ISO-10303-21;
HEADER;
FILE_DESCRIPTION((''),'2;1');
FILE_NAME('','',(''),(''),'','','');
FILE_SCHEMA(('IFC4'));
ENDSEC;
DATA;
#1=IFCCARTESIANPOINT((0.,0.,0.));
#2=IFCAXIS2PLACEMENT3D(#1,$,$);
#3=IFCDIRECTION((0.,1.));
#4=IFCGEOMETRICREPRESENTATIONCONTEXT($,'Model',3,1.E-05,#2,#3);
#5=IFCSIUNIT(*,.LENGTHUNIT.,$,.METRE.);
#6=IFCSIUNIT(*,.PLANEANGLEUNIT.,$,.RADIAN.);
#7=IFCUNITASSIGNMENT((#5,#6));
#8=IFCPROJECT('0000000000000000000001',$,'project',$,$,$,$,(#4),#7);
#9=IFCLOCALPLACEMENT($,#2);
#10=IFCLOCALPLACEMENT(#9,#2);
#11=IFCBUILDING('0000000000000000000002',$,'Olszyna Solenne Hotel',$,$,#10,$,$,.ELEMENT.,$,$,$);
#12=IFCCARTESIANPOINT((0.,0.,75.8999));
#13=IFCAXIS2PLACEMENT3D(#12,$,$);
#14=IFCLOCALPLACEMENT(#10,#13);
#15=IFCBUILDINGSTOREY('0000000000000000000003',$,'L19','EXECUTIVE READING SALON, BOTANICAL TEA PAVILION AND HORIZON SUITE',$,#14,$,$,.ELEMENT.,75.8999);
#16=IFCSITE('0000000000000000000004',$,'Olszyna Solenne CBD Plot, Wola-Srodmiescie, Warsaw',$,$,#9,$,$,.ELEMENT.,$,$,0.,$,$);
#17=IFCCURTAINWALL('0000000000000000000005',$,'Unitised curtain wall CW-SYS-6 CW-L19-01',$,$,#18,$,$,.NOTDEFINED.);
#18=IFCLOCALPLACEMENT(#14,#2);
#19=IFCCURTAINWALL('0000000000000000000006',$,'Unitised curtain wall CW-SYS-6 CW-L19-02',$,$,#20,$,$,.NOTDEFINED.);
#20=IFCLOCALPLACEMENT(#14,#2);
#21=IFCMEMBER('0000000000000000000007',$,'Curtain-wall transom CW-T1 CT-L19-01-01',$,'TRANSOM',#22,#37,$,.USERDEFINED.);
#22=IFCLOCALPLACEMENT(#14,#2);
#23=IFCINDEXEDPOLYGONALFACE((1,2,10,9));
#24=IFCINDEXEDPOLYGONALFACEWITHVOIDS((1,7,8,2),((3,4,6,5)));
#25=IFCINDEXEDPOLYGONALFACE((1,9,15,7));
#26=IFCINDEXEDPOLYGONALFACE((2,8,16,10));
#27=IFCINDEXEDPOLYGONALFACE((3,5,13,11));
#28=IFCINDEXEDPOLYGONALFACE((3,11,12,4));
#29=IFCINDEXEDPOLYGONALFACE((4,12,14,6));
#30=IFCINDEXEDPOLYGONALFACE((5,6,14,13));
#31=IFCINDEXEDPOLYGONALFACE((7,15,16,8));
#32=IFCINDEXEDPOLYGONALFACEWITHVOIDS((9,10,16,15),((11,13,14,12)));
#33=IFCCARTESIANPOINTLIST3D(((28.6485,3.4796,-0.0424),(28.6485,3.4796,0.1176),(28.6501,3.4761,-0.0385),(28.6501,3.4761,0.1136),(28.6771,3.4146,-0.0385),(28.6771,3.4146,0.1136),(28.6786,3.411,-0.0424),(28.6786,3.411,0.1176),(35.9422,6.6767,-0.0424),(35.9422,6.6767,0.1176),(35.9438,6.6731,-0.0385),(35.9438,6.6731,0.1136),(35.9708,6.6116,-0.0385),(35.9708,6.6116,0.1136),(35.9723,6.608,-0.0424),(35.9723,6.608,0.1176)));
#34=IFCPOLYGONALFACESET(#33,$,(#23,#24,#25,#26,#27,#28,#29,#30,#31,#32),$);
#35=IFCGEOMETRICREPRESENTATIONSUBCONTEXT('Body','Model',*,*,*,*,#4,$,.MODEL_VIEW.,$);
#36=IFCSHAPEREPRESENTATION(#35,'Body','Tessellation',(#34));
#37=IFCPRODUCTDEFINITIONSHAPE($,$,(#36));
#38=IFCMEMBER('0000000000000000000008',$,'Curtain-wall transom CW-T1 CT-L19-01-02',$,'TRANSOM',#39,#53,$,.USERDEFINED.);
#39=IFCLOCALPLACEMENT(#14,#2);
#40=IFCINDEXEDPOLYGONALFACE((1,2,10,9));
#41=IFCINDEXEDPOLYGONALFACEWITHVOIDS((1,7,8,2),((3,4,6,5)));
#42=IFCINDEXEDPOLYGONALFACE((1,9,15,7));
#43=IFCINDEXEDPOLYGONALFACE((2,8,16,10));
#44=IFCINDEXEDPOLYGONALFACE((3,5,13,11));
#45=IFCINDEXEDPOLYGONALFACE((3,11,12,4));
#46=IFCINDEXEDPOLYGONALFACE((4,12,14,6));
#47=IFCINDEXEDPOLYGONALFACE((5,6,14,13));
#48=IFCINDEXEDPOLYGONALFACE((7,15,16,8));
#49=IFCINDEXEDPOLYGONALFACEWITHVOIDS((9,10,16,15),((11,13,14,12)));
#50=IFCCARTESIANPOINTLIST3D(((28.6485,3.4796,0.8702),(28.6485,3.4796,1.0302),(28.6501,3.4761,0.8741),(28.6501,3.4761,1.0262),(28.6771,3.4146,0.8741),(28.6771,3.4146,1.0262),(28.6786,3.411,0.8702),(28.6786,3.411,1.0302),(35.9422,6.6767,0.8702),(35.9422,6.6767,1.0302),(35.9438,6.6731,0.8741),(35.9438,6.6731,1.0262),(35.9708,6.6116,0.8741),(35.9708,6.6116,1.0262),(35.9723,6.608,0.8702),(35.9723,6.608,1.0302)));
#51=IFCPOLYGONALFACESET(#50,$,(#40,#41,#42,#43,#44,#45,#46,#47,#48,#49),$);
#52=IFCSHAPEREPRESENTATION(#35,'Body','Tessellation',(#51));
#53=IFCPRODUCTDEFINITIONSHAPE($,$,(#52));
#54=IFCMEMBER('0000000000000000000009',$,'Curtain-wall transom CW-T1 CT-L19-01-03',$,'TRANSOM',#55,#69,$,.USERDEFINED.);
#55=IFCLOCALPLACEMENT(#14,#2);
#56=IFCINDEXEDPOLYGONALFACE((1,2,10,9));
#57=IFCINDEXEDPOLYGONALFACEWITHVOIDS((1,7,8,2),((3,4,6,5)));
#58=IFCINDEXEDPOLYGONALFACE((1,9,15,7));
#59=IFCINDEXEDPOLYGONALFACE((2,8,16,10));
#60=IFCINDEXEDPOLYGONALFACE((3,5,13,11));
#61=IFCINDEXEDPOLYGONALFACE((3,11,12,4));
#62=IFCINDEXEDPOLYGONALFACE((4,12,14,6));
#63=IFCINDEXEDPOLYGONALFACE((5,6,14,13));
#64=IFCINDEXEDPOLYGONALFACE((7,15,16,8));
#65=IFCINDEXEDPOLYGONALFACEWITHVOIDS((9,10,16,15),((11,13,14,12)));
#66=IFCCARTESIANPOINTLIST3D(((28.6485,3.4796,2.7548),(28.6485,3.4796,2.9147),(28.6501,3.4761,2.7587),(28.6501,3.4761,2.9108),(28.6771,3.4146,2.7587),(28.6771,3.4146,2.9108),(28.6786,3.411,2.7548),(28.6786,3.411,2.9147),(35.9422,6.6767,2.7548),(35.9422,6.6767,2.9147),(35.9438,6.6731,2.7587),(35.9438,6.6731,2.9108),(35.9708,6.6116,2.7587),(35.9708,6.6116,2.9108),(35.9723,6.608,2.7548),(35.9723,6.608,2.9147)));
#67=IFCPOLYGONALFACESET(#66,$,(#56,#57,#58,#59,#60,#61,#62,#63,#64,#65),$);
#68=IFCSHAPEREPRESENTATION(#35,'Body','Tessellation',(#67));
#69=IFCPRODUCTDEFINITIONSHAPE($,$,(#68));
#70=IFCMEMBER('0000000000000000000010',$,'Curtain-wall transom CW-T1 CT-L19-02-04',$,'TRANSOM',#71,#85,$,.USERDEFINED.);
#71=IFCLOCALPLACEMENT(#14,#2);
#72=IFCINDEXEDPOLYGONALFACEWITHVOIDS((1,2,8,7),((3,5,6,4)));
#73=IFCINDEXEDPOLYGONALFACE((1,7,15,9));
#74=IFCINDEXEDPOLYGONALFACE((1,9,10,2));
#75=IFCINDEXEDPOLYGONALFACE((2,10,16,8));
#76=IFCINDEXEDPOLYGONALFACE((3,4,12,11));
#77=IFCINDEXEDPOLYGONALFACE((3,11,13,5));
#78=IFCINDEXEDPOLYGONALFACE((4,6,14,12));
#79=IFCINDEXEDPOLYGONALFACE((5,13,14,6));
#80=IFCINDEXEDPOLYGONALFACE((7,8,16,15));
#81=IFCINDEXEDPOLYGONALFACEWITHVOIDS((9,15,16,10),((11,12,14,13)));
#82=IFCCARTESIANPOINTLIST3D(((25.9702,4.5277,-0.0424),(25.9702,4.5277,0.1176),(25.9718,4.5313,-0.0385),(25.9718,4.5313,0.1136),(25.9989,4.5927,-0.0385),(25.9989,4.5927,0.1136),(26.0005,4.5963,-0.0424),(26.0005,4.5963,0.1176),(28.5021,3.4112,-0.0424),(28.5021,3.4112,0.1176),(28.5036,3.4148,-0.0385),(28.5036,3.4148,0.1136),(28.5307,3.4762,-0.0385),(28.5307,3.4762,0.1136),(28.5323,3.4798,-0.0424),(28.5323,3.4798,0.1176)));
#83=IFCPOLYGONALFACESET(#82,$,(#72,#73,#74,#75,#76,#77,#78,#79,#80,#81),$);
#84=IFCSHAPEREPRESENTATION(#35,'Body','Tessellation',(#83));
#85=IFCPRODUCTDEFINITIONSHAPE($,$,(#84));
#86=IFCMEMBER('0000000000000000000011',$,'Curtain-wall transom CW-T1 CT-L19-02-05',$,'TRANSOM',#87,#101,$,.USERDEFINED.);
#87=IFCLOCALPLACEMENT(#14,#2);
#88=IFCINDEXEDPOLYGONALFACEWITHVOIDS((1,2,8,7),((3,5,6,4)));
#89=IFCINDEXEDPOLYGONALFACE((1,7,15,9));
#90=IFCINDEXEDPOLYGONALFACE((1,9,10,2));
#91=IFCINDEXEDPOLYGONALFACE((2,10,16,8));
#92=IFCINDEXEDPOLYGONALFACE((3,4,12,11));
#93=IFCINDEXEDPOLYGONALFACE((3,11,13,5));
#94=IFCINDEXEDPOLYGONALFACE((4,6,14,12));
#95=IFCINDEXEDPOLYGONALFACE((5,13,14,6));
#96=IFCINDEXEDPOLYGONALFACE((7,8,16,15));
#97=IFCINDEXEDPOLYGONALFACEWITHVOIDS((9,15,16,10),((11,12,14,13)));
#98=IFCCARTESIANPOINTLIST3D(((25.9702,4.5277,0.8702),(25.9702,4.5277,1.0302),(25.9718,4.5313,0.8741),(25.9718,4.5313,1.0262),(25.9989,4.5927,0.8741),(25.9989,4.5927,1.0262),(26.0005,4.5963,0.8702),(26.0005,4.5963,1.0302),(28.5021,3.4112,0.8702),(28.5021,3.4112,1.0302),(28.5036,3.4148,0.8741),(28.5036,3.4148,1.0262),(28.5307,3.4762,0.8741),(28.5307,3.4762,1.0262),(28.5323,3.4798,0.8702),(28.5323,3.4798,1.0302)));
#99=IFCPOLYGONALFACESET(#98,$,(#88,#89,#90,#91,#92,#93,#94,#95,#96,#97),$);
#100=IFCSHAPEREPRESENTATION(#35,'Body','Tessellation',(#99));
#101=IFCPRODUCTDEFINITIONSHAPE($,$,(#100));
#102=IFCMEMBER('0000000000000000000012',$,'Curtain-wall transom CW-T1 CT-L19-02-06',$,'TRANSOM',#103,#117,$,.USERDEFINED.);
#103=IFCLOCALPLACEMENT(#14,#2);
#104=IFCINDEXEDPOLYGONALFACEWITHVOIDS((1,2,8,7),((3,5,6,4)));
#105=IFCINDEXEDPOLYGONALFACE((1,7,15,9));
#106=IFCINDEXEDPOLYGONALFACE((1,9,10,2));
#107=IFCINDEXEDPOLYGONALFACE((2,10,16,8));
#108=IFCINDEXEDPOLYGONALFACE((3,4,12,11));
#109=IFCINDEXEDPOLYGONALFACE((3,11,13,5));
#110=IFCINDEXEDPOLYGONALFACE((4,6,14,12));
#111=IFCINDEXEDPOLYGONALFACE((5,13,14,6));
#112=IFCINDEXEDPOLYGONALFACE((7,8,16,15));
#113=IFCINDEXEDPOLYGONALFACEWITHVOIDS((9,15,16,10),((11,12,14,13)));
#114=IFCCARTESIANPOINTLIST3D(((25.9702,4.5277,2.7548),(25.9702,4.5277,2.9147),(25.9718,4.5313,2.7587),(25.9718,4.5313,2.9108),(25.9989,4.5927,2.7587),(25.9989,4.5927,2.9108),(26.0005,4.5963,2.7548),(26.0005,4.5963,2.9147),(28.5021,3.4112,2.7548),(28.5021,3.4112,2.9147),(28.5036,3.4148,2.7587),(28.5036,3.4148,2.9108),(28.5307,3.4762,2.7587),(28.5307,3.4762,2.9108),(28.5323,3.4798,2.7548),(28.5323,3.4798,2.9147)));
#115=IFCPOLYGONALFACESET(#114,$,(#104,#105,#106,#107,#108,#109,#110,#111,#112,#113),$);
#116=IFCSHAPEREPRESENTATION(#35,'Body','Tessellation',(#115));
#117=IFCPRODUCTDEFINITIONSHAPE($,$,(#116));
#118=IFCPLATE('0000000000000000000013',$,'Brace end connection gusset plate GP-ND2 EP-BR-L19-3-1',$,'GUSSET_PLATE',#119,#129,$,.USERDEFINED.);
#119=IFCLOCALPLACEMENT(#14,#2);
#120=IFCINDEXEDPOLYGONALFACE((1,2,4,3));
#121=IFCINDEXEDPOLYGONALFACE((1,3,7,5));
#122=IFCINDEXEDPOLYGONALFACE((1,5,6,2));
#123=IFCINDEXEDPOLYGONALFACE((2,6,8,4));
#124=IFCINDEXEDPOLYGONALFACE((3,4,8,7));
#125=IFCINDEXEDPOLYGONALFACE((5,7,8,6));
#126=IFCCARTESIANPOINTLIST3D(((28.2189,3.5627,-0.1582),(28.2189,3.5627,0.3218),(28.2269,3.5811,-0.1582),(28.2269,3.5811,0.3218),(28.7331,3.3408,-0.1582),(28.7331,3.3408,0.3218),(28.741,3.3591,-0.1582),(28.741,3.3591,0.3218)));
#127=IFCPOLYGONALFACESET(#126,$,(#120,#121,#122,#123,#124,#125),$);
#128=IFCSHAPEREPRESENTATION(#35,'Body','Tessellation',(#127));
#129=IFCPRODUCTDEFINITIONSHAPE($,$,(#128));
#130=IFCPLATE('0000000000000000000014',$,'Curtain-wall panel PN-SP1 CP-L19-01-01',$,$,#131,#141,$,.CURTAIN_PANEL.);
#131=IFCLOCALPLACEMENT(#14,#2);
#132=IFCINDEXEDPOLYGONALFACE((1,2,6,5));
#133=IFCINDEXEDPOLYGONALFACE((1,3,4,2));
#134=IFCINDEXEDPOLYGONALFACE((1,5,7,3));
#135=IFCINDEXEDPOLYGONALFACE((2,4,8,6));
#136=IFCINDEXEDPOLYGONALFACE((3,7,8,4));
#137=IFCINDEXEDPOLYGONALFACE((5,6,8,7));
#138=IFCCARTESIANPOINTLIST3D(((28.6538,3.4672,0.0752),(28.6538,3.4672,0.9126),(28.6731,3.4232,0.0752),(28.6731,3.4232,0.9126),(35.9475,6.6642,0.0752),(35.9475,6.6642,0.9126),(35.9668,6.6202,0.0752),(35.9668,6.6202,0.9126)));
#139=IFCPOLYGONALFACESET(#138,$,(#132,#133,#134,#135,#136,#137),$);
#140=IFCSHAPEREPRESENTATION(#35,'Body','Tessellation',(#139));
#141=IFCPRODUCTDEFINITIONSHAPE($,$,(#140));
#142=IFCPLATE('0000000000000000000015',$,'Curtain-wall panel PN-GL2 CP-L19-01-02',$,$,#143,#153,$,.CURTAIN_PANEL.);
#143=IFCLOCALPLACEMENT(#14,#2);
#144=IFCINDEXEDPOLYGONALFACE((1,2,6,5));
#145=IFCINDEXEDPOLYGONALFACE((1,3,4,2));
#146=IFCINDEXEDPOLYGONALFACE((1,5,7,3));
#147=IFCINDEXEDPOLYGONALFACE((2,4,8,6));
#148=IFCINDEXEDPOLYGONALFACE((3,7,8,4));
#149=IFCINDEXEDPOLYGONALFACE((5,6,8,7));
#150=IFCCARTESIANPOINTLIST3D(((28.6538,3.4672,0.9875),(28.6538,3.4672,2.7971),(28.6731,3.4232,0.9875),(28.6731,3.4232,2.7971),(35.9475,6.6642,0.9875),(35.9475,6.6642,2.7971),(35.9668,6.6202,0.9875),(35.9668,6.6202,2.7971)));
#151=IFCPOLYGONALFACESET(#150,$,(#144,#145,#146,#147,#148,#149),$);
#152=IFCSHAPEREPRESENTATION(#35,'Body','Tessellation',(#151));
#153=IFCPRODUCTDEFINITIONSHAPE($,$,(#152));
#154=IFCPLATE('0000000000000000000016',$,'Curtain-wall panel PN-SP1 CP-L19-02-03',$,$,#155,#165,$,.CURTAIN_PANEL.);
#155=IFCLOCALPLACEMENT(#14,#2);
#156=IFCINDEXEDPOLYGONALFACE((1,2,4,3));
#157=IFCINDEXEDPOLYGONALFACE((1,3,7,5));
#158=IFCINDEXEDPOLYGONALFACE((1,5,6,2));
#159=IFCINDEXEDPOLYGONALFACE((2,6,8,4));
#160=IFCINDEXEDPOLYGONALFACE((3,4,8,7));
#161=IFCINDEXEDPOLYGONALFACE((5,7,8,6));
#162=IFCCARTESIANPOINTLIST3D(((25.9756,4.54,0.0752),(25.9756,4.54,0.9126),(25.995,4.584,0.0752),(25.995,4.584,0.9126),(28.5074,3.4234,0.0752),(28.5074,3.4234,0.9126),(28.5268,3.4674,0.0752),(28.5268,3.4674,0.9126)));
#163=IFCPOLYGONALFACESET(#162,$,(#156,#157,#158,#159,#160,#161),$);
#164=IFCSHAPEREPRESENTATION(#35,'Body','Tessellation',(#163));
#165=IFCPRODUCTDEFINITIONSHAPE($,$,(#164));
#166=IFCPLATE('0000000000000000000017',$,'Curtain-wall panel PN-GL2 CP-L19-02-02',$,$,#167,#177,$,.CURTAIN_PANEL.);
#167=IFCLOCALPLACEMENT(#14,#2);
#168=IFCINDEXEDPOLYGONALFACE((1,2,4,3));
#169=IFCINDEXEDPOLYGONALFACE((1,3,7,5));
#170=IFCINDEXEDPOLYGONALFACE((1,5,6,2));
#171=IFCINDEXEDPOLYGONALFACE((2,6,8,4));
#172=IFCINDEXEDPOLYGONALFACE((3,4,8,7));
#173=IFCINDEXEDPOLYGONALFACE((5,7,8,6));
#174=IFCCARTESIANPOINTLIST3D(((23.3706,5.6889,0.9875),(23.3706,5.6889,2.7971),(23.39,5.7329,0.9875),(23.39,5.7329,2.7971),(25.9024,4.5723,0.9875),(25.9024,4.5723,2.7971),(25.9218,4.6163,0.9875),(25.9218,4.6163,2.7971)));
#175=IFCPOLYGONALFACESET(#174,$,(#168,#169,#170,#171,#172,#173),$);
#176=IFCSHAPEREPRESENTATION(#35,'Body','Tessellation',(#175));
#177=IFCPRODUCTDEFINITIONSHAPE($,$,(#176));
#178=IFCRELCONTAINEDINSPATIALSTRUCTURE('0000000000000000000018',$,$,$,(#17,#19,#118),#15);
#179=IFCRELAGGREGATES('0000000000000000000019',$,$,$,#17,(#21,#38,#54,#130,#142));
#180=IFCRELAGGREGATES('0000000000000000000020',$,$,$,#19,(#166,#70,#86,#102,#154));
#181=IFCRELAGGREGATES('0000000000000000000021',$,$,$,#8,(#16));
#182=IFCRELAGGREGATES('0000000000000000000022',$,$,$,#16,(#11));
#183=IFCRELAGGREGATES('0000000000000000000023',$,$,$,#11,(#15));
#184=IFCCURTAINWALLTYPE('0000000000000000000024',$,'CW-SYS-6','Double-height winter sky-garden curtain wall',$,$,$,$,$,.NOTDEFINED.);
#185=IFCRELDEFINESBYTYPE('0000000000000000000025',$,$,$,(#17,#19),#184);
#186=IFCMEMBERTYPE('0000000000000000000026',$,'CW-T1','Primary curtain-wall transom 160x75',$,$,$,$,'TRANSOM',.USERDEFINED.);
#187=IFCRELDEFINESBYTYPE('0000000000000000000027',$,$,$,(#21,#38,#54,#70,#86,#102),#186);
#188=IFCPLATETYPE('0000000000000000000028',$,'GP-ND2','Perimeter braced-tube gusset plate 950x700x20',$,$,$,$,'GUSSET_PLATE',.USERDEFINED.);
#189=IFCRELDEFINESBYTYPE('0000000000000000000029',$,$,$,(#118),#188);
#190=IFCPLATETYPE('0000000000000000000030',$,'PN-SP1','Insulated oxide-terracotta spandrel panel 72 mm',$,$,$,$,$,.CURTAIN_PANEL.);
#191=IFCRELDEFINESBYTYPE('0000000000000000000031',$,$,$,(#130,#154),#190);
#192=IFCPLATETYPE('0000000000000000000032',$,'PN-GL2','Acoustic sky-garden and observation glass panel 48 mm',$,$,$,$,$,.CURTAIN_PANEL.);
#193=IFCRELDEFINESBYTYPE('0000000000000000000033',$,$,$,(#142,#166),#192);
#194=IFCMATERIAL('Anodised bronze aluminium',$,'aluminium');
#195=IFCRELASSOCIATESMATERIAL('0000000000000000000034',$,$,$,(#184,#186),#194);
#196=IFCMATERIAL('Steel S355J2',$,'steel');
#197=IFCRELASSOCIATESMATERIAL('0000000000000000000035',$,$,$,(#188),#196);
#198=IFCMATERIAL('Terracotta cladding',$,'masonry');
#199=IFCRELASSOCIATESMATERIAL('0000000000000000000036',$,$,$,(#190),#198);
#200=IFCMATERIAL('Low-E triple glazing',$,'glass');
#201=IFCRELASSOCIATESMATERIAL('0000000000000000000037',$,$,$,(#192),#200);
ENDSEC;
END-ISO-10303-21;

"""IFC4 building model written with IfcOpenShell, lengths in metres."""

from ifc_helpers import new_model, si_unit, direction, frame, origin, origin_2d, place, context, subcontext, project, spatial, rectangle, hollow_rectangle, extrude, source, transform, mapped, material, material_profile, profile_set, type_object, element, aggregate, save


model = new_model("IFC4")

# Units and contexts
model_context = context("Model", 3, precision=1e-05, world=origin(), true_north=direction((0.0, 1.0)))
body_context = subcontext(model_context, "Body", "Model", "MODEL_VIEW")
ifc_project = project(units=[si_unit("LENGTHUNIT", "METRE"), si_unit("PLANEANGLEUNIT", "RADIAN")], contexts=[model_context])

# Site, building, storey
site_placement = place(None, origin())
site = spatial("IfcSite", under=ifc_project, at=site_placement, Name="Olszyna Solenne CBD Plot, Wola-Srodmiescie, Warsaw", CompositionType="ELEMENT", RefElevation=0.0)
building_placement = place(site_placement, origin())
building = spatial("IfcBuilding", under=site, at=building_placement, Name="Olszyna Solenne Hotel", CompositionType="ELEMENT")
storey_placement = place(building_placement, frame((0.0, 0.0, 75.8999)))
storey = spatial("IfcBuildingStorey", under=building, at=storey_placement, Name="L19", Description="EXECUTIVE READING SALON, BOTANICAL TEA PAVILION AND HORIZON SUITE", CompositionType="ELEMENT", Elevation=75.8999)

# Shared definitions
ifc_material_1 = material(Name="Steel S355J2", Category="steel")

# Curtain wall
ifc_material_2 = material(Name="Anodised bronze aluminium", Category="aluminium")
curtain_wall_type = type_object("IfcCurtainWallType", Name="CW-SYS-6", Description="Double-height winter sky-garden curtain wall", PredefinedType="NOTDEFINED", material=ifc_material_2)
curtain_wall_1_placement = place(storey_placement, origin())
curtain_wall_1 = element("IfcCurtainWall", 1, at=curtain_wall_1_placement, inside=storey, type_object=curtain_wall_type, Name="Unitised curtain wall CW-SYS-6 CW-L19-01", PredefinedType="NOTDEFINED")

# Curtain wall
curtain_wall_2_placement = place(storey_placement, origin())
curtain_wall_2 = element("IfcCurtainWall", 2, at=curtain_wall_2_placement, inside=storey, type_object=curtain_wall_type, Name="Unitised curtain wall CW-SYS-6 CW-L19-02", PredefinedType="NOTDEFINED")

# Members
ifc_material_profile_1 = material_profile(ifc_material_2, hollow_rectangle(XDim=0.075, YDim=0.1599, WallThickness=0.0039, at=origin_2d()), Name="TRAN 160x75x4", Category="load-bearing")
ifc_profile_set_1 = profile_set([ifc_material_profile_1], Name="Anodised bronze aluminium")
member_type_1 = type_object("IfcMemberType", Name="CW-T1", Description="Primary curtain-wall transom 160x75", ElementType="TRANSOM", PredefinedType="USERDEFINED", material=ifc_profile_set_1)
shared_shape_1 = source(origin(), body_context, "Body", "SweptSolid", [
    extrude(hollow_rectangle(XDim=0.075, YDim=0.1599, WallThickness=0.0039, at=origin_2d()), origin(), (0.0, 0.0, 1.0), 7.9636),
])
member_1_placement = place(storey_placement, frame((28.6636, 3.4453, 0.0376), z_axis=(0.915879, 0.401454, 0.0), x_axis=(-0.401454, 0.915879, 0.0)))
member_1 = element("IfcMember", 3, at=member_1_placement, type_object=member_type_1, Name="Curtain-wall transom CW-T1 CT-L19-01-01", ObjectType="TRANSOM", PredefinedType="USERDEFINED", context=body_context, shape_type="MappedRepresentation", body=[
    mapped(shared_shape_1, transform((0.0, 0.0, 0.0), x_axis=(1.0, 0.0, 0.0), y_axis=(0.0, 1.0, 0.0), z_axis=(0.0, 0.0, 1.0), scale=1.0)),
])
member_2_placement = place(storey_placement, frame((28.6636, 3.4453, 0.9502), z_axis=(0.915879, 0.401454, 0.0), x_axis=(-0.401454, 0.915879, 0.0)))
member_2 = element("IfcMember", 4, at=member_2_placement, type_object=member_type_1, Name="Curtain-wall transom CW-T1 CT-L19-01-02", ObjectType="TRANSOM", PredefinedType="USERDEFINED", context=body_context, shape_type="MappedRepresentation", body=[
    mapped(shared_shape_1, transform((0.0, 0.0, 0.0), x_axis=(1.0, 0.0, 0.0), y_axis=(0.0, 1.0, 0.0), z_axis=(0.0, 0.0, 1.0), scale=1.0)),
])
member_3_placement = place(storey_placement, frame((28.6636, 3.4453, 2.8347), z_axis=(0.915879, 0.401454, 0.0), x_axis=(-0.401454, 0.915879, 0.0)))
member_3 = element("IfcMember", 5, at=member_3_placement, type_object=member_type_1, Name="Curtain-wall transom CW-T1 CT-L19-01-03", ObjectType="TRANSOM", PredefinedType="USERDEFINED", context=body_context, shape_type="MappedRepresentation", body=[
    mapped(shared_shape_1, transform((0.0, 0.0, 0.0), x_axis=(1.0, 0.0, 0.0), y_axis=(0.0, 1.0, 0.0), z_axis=(0.0, 0.0, 1.0), scale=1.0)),
])
shared_shape_2 = source(origin(), body_context, "Body", "SweptSolid", [
    extrude(hollow_rectangle(XDim=0.075, YDim=0.1599, WallThickness=0.0039, at=origin_2d()), origin(), (0.0, 0.0, 1.0), 2.7671),
])
member_4_placement = place(storey_placement, frame((25.9854, 4.562, 0.0376), z_axis=(0.914983, -0.403492, 0.0), x_axis=(0.403492, 0.914983, 0.0)))
member_4 = element("IfcMember", 6, at=member_4_placement, type_object=member_type_1, Name="Curtain-wall transom CW-T1 CT-L19-02-04", ObjectType="TRANSOM", PredefinedType="USERDEFINED", context=body_context, shape_type="MappedRepresentation", body=[
    mapped(shared_shape_2, transform((0.0, 0.0, 0.0), x_axis=(1.0, 0.0, 0.0), y_axis=(0.0, 1.0, 0.0), z_axis=(0.0, 0.0, 1.0), scale=1.0)),
])
member_5_placement = place(storey_placement, frame((25.9854, 4.562, 0.9502), z_axis=(0.914983, -0.403492, 0.0), x_axis=(0.403492, 0.914983, 0.0)))
member_5 = element("IfcMember", 7, at=member_5_placement, type_object=member_type_1, Name="Curtain-wall transom CW-T1 CT-L19-02-05", ObjectType="TRANSOM", PredefinedType="USERDEFINED", context=body_context, shape_type="MappedRepresentation", body=[
    mapped(shared_shape_2, transform((0.0, 0.0, 0.0), x_axis=(1.0, 0.0, 0.0), y_axis=(0.0, 1.0, 0.0), z_axis=(0.0, 0.0, 1.0), scale=1.0)),
])
member_6_placement = place(storey_placement, frame((25.9854, 4.562, 2.8347), z_axis=(0.914983, -0.403492, 0.0), x_axis=(0.403492, 0.914983, 0.0)))
member_6 = element("IfcMember", 8, at=member_6_placement, type_object=member_type_1, Name="Curtain-wall transom CW-T1 CT-L19-02-06", ObjectType="TRANSOM", PredefinedType="USERDEFINED", context=body_context, shape_type="MappedRepresentation", body=[
    mapped(shared_shape_2, transform((0.0, 0.0, 0.0), x_axis=(1.0, 0.0, 0.0), y_axis=(0.0, 1.0, 0.0), z_axis=(0.0, 0.0, 1.0), scale=1.0)),
])

# Plates
plate_type_1 = type_object("IfcPlateType", Name="GP-ND2", Description="Perimeter braced-tube gusset plate 950x700x20", ElementType="GUSSET_PLATE", PredefinedType="USERDEFINED", material=ifc_material_1)
shared_shape_3 = source(origin(), body_context, "Body", "SweptSolid", [
    extrude(rectangle(XDim=0.5601, YDim=0.02, at=origin_2d()), origin(), (0.0, 0.0, 1.0), 0.48),
])
plate_1_placement = place(storey_placement, frame((28.48, 3.4609, -0.1582), z_axis=(0.0, 0.0, 1.0), x_axis=(-0.918101, 0.396347, 0.0)))
element("IfcPlate", 9, at=plate_1_placement, inside=storey, type_object=plate_type_1, Name="Brace end connection gusset plate GP-ND2 EP-BR-L19-3-1", ObjectType="GUSSET_PLATE", PredefinedType="USERDEFINED", context=body_context, shape_type="MappedRepresentation", body=[
    mapped(shared_shape_3, transform((0.0, 0.0, 0.0), x_axis=(1.0, 0.0, 0.0), y_axis=(0.0, 1.0, 0.0), z_axis=(0.0, 0.0, 1.0), scale=1.0)),
])
ifc_material_3 = material(Name="Terracotta cladding", Category="masonry")
plate_type_2 = type_object("IfcPlateType", Name="PN-SP1", Description="Insulated oxide-terracotta spandrel panel 72 mm", PredefinedType="CURTAIN_PANEL", material=ifc_material_3)
shared_shape_4 = source(origin(), body_context, "Body", "SweptSolid", [
    extrude(rectangle(XDim=7.9636, YDim=0.0481, at=origin_2d()), origin(), (0.0, 0.0, 1.0), 0.8374),
])
plate_2_placement = place(storey_placement, frame((32.3103, 5.0437, 0.0752), z_axis=(0.0, 0.0, 1.0), x_axis=(0.915881, 0.401449, 0.0)))
plate_2 = element("IfcPlate", 10, at=plate_2_placement, type_object=plate_type_2, Name="Curtain-wall panel PN-SP1 CP-L19-01-01", PredefinedType="CURTAIN_PANEL", context=body_context, shape_type="MappedRepresentation", body=[
    mapped(shared_shape_4, transform((0.0, 0.0, 0.0), x_axis=(1.0, 0.0, 0.0), y_axis=(0.0, 1.0, 0.0), z_axis=(0.0, 0.0, 1.0), scale=1.0)),
])
ifc_material_4 = material(Name="Low-E triple glazing", Category="glass")
plate_type_3 = type_object("IfcPlateType", Name="PN-GL2", Description="Acoustic sky-garden and observation glass panel 48 mm", PredefinedType="CURTAIN_PANEL", material=ifc_material_4)
shared_shape_5 = source(origin(), body_context, "Body", "SweptSolid", [
    extrude(rectangle(XDim=7.9636, YDim=0.0481, at=origin_2d()), origin(), (0.0, 0.0, 1.0), 1.8096),
])
plate_3_placement = place(storey_placement, frame((32.3103, 5.0437, 0.9875), z_axis=(0.0, 0.0, 1.0), x_axis=(0.915881, 0.401449, 0.0)))
plate_3 = element("IfcPlate", 11, at=plate_3_placement, type_object=plate_type_3, Name="Curtain-wall panel PN-GL2 CP-L19-01-02", PredefinedType="CURTAIN_PANEL", context=body_context, shape_type="MappedRepresentation", body=[
    mapped(shared_shape_5, transform((0.0, 0.0, 0.0), x_axis=(1.0, 0.0, 0.0), y_axis=(0.0, 1.0, 0.0), z_axis=(0.0, 0.0, 1.0), scale=1.0)),
])
aggregate(curtain_wall_1, [member_1, member_2, member_3, plate_2, plate_3])
shared_shape_6 = source(origin(), body_context, "Body", "SweptSolid", [
    extrude(rectangle(XDim=2.7671, YDim=0.0481, at=origin_2d()), origin(), (0.0, 0.0, 1.0), 0.8374),
])
plate_4_placement = place(storey_placement, frame((27.2512, 4.0037, 0.0752), z_axis=(0.0, 0.0, 1.0), x_axis=(0.914968, -0.403527, 0.0)))
plate_4 = element("IfcPlate", 12, at=plate_4_placement, type_object=plate_type_2, Name="Curtain-wall panel PN-SP1 CP-L19-02-03", PredefinedType="CURTAIN_PANEL", context=body_context, shape_type="MappedRepresentation", body=[
    mapped(shared_shape_6, transform((0.0, 0.0, 0.0), x_axis=(1.0, 0.0, 0.0), y_axis=(0.0, 1.0, 0.0), z_axis=(0.0, 0.0, 1.0), scale=1.0)),
])
shared_shape_7 = source(origin(), body_context, "Body", "SweptSolid", [
    extrude(rectangle(XDim=2.7671, YDim=0.0481, at=origin_2d()), origin(), (0.0, 0.0, 1.0), 1.8096),
])
plate_5_placement = place(storey_placement, frame((24.6462, 5.1526, 0.9875), z_axis=(0.0, 0.0, 1.0), x_axis=(0.914968, -0.403527, 0.0)))
plate_5 = element("IfcPlate", 13, at=plate_5_placement, type_object=plate_type_3, Name="Curtain-wall panel PN-GL2 CP-L19-02-02", PredefinedType="CURTAIN_PANEL", context=body_context, shape_type="MappedRepresentation", body=[
    mapped(shared_shape_7, transform((0.0, 0.0, 0.0), x_axis=(1.0, 0.0, 0.0), y_axis=(0.0, 1.0, 0.0), z_axis=(0.0, 0.0, 1.0), scale=1.0)),
])
aggregate(curtain_wall_2, [plate_5, member_4, member_5, member_6, plate_4])

save(model, "model.ifc")
